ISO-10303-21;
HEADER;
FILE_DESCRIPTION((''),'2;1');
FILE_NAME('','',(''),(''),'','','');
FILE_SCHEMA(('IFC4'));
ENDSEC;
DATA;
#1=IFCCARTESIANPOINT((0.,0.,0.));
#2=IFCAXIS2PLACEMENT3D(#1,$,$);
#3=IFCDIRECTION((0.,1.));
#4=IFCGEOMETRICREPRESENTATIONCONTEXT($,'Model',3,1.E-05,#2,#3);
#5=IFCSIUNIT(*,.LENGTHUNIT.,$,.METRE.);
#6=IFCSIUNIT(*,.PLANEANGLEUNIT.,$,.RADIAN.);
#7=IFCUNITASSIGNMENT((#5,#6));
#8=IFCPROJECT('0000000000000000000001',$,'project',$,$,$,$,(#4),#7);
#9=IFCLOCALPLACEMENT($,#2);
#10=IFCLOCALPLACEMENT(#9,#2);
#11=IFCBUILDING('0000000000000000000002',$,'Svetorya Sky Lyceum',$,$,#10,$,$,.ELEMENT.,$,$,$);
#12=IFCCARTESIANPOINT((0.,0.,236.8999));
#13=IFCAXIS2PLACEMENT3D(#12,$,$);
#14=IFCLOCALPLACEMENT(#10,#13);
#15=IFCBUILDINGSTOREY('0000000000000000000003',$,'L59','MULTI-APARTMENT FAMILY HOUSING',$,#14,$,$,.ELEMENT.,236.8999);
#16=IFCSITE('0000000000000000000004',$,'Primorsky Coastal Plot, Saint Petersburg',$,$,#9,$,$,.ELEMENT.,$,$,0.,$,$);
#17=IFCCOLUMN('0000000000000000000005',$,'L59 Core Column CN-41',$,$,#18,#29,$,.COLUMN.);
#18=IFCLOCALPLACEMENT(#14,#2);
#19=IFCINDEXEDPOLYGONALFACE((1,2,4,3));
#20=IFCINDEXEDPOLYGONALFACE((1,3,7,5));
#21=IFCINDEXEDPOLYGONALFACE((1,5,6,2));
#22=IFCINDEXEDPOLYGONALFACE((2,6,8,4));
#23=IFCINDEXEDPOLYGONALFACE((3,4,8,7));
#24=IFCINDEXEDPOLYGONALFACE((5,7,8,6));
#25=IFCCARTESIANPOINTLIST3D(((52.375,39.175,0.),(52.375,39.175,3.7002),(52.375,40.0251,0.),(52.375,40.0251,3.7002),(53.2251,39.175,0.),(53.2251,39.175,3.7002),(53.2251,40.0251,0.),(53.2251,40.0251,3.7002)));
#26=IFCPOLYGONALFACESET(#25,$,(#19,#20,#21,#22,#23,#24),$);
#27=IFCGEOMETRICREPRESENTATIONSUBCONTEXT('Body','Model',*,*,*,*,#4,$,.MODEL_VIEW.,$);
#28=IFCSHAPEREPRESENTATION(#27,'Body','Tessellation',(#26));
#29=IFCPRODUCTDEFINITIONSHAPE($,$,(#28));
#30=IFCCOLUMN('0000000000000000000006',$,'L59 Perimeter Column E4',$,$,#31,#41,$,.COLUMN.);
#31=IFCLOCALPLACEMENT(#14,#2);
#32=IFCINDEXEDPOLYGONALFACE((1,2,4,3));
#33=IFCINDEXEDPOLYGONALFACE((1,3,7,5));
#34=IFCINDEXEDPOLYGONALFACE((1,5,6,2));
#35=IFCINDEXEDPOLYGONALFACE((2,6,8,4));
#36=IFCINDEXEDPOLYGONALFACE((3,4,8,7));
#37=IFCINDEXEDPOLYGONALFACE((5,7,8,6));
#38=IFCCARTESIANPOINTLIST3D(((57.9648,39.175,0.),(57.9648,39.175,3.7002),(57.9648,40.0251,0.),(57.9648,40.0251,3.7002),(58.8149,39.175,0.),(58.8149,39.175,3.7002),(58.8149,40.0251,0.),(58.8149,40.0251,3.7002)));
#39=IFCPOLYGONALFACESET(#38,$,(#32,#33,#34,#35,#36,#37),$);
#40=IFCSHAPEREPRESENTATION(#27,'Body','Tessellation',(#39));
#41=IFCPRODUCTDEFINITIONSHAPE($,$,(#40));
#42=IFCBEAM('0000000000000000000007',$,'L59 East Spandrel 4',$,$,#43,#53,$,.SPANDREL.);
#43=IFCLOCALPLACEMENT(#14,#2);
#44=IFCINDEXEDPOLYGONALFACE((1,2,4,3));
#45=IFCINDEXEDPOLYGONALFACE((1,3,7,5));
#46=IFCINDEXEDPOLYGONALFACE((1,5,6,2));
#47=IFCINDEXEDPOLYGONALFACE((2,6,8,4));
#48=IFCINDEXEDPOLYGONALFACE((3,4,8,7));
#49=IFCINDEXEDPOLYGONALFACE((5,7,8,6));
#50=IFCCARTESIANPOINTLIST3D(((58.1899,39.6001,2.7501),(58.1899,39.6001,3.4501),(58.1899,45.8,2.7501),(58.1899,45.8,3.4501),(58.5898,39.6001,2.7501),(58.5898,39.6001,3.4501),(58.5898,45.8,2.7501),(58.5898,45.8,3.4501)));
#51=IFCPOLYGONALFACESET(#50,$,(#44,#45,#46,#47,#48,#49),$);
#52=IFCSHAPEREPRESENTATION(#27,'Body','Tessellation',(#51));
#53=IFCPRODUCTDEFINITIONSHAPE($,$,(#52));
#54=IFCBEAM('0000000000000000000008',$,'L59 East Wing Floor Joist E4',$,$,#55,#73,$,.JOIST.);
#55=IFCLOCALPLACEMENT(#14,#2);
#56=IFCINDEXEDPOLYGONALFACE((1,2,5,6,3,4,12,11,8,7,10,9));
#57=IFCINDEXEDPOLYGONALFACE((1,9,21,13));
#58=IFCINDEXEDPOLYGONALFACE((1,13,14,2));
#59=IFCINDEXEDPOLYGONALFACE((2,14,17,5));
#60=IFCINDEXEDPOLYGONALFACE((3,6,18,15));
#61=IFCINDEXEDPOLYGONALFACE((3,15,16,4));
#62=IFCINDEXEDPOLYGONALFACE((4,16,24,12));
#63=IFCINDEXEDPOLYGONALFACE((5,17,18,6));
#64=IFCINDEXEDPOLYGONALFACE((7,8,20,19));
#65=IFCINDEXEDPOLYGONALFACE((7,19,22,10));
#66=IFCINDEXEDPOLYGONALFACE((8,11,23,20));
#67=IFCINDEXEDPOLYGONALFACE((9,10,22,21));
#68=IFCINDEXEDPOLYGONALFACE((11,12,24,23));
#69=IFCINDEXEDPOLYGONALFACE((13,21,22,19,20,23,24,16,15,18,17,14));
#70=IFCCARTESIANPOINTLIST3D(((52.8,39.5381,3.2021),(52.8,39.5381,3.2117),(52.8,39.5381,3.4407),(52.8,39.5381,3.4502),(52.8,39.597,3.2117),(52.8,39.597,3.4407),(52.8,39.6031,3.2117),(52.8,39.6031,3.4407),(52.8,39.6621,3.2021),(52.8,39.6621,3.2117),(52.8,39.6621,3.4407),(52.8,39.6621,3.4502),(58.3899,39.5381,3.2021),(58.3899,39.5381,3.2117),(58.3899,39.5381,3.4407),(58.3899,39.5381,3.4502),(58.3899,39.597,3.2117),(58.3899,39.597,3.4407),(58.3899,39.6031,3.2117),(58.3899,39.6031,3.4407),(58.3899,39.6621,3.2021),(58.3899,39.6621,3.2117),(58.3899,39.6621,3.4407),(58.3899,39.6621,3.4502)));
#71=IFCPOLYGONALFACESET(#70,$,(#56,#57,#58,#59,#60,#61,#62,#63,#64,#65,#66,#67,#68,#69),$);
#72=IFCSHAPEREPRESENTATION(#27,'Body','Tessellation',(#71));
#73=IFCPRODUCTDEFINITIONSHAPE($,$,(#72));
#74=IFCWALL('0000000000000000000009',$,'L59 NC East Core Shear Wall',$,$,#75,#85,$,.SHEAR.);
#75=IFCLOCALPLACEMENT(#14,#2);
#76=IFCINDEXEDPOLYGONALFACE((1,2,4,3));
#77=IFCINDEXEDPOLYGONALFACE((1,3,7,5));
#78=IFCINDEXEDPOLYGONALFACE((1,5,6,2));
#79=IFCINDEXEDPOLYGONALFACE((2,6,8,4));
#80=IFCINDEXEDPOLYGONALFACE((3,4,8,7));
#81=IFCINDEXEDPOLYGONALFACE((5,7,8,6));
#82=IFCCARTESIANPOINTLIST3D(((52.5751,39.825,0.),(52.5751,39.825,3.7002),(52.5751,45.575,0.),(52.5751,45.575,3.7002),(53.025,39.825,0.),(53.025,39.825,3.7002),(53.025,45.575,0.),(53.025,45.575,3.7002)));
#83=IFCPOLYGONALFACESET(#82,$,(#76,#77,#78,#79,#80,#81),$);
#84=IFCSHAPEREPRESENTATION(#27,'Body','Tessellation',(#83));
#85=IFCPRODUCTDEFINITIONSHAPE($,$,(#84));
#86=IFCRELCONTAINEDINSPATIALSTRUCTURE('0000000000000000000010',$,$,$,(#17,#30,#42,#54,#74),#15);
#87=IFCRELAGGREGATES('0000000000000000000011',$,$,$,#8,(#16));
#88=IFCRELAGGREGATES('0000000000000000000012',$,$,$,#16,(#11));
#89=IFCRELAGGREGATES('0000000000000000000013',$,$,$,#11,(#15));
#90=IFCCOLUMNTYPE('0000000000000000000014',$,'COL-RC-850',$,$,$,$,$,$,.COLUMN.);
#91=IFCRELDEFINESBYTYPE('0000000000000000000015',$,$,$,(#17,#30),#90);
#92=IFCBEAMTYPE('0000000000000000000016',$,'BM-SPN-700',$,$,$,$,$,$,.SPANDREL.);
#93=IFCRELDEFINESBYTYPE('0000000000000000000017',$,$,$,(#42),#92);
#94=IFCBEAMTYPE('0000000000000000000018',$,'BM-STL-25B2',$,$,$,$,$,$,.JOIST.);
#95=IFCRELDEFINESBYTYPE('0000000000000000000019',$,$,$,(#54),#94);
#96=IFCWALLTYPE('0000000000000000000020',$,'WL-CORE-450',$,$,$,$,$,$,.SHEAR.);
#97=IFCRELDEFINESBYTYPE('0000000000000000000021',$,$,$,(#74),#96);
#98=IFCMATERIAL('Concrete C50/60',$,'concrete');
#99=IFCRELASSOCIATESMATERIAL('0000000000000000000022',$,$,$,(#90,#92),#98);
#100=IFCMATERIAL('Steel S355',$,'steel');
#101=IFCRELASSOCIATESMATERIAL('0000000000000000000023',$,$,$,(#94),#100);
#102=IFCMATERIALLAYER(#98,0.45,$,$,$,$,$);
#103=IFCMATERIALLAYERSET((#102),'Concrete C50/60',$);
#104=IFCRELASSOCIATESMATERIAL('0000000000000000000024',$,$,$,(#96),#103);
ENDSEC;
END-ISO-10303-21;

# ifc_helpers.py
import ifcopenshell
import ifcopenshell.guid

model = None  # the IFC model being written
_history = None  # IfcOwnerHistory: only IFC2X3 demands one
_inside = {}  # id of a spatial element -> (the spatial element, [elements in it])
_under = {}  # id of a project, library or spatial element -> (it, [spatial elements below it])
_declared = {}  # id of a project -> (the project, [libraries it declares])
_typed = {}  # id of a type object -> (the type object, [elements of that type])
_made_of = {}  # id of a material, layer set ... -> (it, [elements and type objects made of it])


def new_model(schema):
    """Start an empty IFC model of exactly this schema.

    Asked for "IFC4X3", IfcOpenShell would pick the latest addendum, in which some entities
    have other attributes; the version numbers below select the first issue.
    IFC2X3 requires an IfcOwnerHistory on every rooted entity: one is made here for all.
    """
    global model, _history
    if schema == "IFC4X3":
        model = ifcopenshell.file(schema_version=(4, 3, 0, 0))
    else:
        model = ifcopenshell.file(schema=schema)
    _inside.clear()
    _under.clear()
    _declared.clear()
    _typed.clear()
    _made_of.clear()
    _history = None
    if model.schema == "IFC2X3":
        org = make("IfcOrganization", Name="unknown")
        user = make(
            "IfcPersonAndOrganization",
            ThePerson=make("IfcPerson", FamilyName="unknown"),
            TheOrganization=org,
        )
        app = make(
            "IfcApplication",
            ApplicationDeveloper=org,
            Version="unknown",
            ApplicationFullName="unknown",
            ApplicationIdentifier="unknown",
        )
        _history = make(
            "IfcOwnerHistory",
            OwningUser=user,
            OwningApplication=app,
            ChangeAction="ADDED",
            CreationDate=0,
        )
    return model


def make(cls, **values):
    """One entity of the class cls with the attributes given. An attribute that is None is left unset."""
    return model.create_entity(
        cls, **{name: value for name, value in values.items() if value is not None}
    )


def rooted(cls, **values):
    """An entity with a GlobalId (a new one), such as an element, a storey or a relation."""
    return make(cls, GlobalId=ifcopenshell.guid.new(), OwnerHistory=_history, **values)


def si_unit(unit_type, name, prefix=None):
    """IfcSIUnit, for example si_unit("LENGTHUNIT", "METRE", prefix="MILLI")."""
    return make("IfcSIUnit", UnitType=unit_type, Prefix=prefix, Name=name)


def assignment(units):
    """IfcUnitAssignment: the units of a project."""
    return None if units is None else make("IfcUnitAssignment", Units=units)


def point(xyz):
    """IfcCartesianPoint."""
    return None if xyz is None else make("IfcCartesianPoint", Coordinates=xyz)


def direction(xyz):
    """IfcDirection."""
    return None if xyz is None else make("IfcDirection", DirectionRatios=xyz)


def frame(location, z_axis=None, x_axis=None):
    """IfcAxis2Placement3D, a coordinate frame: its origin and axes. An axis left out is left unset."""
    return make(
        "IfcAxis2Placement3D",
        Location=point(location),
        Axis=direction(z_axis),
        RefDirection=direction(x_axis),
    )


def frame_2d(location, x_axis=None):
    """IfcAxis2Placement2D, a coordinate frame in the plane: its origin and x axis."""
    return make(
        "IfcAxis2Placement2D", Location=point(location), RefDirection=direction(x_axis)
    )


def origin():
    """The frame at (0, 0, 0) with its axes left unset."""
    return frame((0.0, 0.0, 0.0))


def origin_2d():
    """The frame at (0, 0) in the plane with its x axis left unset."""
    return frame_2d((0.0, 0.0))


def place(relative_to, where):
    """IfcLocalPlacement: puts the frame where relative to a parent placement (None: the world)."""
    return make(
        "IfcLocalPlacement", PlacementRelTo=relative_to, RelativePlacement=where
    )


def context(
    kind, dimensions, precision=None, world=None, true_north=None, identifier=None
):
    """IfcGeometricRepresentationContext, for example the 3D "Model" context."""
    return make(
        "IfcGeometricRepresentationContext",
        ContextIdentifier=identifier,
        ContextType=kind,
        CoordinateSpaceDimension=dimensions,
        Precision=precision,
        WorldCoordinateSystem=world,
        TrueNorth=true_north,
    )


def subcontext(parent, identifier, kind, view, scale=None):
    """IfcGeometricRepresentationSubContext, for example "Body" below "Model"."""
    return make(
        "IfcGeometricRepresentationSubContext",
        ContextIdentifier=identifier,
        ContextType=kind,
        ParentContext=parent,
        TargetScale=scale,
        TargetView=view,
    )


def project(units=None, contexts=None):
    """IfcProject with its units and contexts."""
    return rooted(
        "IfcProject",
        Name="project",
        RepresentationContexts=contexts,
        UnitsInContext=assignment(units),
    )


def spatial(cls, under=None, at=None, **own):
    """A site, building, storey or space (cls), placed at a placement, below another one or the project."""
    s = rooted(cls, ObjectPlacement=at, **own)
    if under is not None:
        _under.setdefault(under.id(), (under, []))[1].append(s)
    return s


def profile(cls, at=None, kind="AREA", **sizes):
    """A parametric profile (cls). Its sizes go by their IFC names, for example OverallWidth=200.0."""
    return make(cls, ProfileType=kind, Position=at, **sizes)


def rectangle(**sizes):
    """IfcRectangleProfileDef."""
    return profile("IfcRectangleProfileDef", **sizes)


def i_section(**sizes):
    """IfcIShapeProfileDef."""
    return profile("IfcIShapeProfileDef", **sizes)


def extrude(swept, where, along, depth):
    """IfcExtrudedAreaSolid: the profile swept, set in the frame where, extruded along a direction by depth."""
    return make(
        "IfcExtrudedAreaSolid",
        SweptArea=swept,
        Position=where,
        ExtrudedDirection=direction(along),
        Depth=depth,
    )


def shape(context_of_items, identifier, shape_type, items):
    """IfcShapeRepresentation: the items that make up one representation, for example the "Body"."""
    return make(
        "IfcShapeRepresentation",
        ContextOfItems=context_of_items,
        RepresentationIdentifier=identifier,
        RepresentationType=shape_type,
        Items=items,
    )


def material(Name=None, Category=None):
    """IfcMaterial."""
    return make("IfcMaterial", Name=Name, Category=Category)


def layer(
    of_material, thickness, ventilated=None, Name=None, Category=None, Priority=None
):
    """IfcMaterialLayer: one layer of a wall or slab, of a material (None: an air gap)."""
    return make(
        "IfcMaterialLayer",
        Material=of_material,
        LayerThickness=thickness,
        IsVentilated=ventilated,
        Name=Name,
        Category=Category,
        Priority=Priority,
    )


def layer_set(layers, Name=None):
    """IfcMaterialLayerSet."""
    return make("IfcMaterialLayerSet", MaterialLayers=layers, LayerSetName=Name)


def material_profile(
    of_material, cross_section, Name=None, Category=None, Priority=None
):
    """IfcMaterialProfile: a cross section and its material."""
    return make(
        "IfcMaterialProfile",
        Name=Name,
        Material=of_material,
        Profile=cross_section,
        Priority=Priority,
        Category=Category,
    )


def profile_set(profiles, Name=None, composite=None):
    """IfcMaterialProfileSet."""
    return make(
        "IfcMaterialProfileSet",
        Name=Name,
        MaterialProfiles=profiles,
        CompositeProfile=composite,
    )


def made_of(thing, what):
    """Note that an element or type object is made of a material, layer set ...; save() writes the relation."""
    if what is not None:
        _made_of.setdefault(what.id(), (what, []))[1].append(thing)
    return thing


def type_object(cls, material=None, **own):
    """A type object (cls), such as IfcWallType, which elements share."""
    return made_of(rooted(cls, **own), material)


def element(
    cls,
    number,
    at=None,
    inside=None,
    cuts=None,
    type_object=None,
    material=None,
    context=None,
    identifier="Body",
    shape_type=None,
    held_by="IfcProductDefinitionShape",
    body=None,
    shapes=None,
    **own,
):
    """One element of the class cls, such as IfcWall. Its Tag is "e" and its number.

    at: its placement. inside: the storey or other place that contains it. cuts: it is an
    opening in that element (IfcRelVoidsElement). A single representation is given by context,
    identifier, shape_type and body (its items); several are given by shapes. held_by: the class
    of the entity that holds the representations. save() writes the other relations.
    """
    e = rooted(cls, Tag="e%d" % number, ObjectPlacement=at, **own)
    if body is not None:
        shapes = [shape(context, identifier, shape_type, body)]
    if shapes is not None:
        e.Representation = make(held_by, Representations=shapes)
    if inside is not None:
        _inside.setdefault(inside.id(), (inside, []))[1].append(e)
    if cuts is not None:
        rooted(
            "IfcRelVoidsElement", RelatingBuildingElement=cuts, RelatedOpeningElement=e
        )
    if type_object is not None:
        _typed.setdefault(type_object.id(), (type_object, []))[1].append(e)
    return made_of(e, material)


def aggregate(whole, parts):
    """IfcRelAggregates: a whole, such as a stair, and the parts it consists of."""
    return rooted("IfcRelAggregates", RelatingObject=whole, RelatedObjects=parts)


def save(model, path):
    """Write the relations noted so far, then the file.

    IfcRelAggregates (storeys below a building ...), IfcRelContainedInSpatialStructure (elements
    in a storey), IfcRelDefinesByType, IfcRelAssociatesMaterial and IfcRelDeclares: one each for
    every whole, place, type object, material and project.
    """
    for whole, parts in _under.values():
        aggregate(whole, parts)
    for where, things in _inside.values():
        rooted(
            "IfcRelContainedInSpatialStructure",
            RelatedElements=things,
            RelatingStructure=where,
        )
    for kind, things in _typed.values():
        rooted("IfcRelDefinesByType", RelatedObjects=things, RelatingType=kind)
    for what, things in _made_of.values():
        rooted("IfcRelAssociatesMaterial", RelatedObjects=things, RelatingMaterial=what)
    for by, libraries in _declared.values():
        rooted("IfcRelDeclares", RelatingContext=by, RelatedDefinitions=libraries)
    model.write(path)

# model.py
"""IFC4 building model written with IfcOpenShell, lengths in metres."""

from ifc_helpers import new_model, si_unit, direction, frame, frame_2d, origin, origin_2d, place, context, subcontext, project, spatial, rectangle, i_section, extrude, material, layer, layer_set, material_profile, profile_set, type_object, element, save


model = new_model("IFC4")

# Units and contexts
model_context = context("Model", 3, precision=1e-05, world=origin(), true_north=direction((0.0, 1.0)))
body_context = subcontext(model_context, "Body", "Model", "MODEL_VIEW")
ifc_project = project(units=[si_unit("LENGTHUNIT", "METRE"), si_unit("PLANEANGLEUNIT", "RADIAN")], contexts=[model_context])

# Site, building, storey
site_placement = place(None, origin())
site = spatial("IfcSite", under=ifc_project, at=site_placement, Name="Primorsky Coastal Plot, Saint Petersburg", CompositionType="ELEMENT", RefElevation=0.0)
building_placement = place(site_placement, origin())
building = spatial("IfcBuilding", under=site, at=building_placement, Name="Svetorya Sky Lyceum", CompositionType="ELEMENT")
storey_placement = place(building_placement, frame((0.0, 0.0, 236.8999)))
storey = spatial("IfcBuildingStorey", under=building, at=storey_placement, Name="L59", Description="MULTI-APARTMENT FAMILY HOUSING", CompositionType="ELEMENT", Elevation=236.8999)

# Columns
ifc_material_1 = material(Name="Concrete C50/60", Category="concrete")
ifc_material_profile_1 = material_profile(ifc_material_1, rectangle(XDim=0.8501, YDim=0.8501, at=origin_2d()), Name="RC COL 850x850")
ifc_profile_set_1 = profile_set([ifc_material_profile_1], Name="Concrete C50/60")
column_type = type_object("IfcColumnType", Name="COL-RC-850", PredefinedType="COLUMN", material=ifc_profile_set_1)
for number, where, z_axis, x_axis, name in (
    (1, (52.8, 39.6001, 0.0), (0.0, 0.0, 1.0), (1.0, 0.0, 0.0), "L59 Core Column CN-41"),
    (2, (58.3899, 39.6001, 0.0), (0.0, 0.0, 1.0), (1.0, 0.0, 0.0), "L59 Perimeter Column E4"),
):
    element("IfcColumn", number, at=place(storey_placement, frame(where, z_axis=z_axis, x_axis=x_axis)), inside=storey, type_object=column_type, Name=name, PredefinedType="COLUMN", context=body_context, shape_type="SweptSolid", body=[
        extrude(rectangle(XDim=0.8501, YDim=0.8501, at=origin_2d()), origin(), (0.0, 0.0, 1.0), 3.7002),
    ])

# Beams
ifc_material_profile_2 = material_profile(ifc_material_1, rectangle(XDim=0.3999, YDim=0.7, at=origin_2d()), Name="RC SPANDREL 400x700")
ifc_profile_set_2 = profile_set([ifc_material_profile_2], Name="Concrete C50/60")
beam_type_1 = type_object("IfcBeamType", Name="BM-SPN-700", PredefinedType="SPANDREL", material=ifc_profile_set_2)
beam_1_placement = place(storey_placement, frame((58.3899, 39.6001, 3.1001), z_axis=(0.0, 1.0, 0.0), x_axis=(-1.0, 0.0, 0.0)))
element("IfcBeam", 3, at=beam_1_placement, inside=storey, type_object=beam_type_1, Name="L59 East Spandrel 4", PredefinedType="SPANDREL", context=body_context, shape_type="SweptSolid", body=[
    extrude(rectangle(XDim=0.3999, YDim=0.7, at=origin_2d()), origin(), (0.0, 0.0, 1.0), 6.2),
])
ifc_material_2 = material(Name="Steel S355", Category="steel")
ifc_material_profile_3 = material_profile(ifc_material_2, i_section(OverallWidth=0.124, OverallDepth=0.248, WebThickness=0.0061, FlangeThickness=0.0095, at=origin_2d()), Name="GOST 25B2")
ifc_profile_set_3 = profile_set([ifc_material_profile_3], Name="Steel S355")
beam_type_2 = type_object("IfcBeamType", Name="BM-STL-25B2", PredefinedType="JOIST", material=ifc_profile_set_3)
beam_2_placement = place(storey_placement, frame((52.8, 39.6001, 3.3262), z_axis=(1.0, 0.0, 0.0), x_axis=(0.0, 1.0, 0.0)))
element("IfcBeam", 4, at=beam_2_placement, inside=storey, type_object=beam_type_2, Name="L59 East Wing Floor Joist E4", PredefinedType="JOIST", context=body_context, shape_type="SweptSolid", body=[
    extrude(i_section(OverallWidth=0.124, OverallDepth=0.248, WebThickness=0.0061, FlangeThickness=0.0095, at=origin_2d()), origin(), (0.0, 0.0, 1.0), 5.5898),
])

# Wall
ifc_layer_1 = layer(ifc_material_1, 0.45)
ifc_layer_set_1 = layer_set([ifc_layer_1], Name="Concrete C50/60")
wall_type_1 = type_object("IfcWallType", Name="WL-CORE-450", PredefinedType="SHEAR", material=ifc_layer_set_1)
wall_1_placement = place(storey_placement, frame((52.8, 39.825, 0.0), z_axis=(0.0, 0.0, 1.0), x_axis=(0.0, 1.0, 0.0)))
element("IfcWall", 5, at=wall_1_placement, inside=storey, type_object=wall_type_1, Name="L59 NC East Core Shear Wall", PredefinedType="SHEAR", context=body_context, shape_type="SweptSolid", body=[
    extrude(rectangle(XDim=5.75, YDim=0.45, at=frame_2d((2.875, 0.0))), origin(), (0.0, 0.0, 1.0), 3.7002),
])

save(model, "model.ifc")
